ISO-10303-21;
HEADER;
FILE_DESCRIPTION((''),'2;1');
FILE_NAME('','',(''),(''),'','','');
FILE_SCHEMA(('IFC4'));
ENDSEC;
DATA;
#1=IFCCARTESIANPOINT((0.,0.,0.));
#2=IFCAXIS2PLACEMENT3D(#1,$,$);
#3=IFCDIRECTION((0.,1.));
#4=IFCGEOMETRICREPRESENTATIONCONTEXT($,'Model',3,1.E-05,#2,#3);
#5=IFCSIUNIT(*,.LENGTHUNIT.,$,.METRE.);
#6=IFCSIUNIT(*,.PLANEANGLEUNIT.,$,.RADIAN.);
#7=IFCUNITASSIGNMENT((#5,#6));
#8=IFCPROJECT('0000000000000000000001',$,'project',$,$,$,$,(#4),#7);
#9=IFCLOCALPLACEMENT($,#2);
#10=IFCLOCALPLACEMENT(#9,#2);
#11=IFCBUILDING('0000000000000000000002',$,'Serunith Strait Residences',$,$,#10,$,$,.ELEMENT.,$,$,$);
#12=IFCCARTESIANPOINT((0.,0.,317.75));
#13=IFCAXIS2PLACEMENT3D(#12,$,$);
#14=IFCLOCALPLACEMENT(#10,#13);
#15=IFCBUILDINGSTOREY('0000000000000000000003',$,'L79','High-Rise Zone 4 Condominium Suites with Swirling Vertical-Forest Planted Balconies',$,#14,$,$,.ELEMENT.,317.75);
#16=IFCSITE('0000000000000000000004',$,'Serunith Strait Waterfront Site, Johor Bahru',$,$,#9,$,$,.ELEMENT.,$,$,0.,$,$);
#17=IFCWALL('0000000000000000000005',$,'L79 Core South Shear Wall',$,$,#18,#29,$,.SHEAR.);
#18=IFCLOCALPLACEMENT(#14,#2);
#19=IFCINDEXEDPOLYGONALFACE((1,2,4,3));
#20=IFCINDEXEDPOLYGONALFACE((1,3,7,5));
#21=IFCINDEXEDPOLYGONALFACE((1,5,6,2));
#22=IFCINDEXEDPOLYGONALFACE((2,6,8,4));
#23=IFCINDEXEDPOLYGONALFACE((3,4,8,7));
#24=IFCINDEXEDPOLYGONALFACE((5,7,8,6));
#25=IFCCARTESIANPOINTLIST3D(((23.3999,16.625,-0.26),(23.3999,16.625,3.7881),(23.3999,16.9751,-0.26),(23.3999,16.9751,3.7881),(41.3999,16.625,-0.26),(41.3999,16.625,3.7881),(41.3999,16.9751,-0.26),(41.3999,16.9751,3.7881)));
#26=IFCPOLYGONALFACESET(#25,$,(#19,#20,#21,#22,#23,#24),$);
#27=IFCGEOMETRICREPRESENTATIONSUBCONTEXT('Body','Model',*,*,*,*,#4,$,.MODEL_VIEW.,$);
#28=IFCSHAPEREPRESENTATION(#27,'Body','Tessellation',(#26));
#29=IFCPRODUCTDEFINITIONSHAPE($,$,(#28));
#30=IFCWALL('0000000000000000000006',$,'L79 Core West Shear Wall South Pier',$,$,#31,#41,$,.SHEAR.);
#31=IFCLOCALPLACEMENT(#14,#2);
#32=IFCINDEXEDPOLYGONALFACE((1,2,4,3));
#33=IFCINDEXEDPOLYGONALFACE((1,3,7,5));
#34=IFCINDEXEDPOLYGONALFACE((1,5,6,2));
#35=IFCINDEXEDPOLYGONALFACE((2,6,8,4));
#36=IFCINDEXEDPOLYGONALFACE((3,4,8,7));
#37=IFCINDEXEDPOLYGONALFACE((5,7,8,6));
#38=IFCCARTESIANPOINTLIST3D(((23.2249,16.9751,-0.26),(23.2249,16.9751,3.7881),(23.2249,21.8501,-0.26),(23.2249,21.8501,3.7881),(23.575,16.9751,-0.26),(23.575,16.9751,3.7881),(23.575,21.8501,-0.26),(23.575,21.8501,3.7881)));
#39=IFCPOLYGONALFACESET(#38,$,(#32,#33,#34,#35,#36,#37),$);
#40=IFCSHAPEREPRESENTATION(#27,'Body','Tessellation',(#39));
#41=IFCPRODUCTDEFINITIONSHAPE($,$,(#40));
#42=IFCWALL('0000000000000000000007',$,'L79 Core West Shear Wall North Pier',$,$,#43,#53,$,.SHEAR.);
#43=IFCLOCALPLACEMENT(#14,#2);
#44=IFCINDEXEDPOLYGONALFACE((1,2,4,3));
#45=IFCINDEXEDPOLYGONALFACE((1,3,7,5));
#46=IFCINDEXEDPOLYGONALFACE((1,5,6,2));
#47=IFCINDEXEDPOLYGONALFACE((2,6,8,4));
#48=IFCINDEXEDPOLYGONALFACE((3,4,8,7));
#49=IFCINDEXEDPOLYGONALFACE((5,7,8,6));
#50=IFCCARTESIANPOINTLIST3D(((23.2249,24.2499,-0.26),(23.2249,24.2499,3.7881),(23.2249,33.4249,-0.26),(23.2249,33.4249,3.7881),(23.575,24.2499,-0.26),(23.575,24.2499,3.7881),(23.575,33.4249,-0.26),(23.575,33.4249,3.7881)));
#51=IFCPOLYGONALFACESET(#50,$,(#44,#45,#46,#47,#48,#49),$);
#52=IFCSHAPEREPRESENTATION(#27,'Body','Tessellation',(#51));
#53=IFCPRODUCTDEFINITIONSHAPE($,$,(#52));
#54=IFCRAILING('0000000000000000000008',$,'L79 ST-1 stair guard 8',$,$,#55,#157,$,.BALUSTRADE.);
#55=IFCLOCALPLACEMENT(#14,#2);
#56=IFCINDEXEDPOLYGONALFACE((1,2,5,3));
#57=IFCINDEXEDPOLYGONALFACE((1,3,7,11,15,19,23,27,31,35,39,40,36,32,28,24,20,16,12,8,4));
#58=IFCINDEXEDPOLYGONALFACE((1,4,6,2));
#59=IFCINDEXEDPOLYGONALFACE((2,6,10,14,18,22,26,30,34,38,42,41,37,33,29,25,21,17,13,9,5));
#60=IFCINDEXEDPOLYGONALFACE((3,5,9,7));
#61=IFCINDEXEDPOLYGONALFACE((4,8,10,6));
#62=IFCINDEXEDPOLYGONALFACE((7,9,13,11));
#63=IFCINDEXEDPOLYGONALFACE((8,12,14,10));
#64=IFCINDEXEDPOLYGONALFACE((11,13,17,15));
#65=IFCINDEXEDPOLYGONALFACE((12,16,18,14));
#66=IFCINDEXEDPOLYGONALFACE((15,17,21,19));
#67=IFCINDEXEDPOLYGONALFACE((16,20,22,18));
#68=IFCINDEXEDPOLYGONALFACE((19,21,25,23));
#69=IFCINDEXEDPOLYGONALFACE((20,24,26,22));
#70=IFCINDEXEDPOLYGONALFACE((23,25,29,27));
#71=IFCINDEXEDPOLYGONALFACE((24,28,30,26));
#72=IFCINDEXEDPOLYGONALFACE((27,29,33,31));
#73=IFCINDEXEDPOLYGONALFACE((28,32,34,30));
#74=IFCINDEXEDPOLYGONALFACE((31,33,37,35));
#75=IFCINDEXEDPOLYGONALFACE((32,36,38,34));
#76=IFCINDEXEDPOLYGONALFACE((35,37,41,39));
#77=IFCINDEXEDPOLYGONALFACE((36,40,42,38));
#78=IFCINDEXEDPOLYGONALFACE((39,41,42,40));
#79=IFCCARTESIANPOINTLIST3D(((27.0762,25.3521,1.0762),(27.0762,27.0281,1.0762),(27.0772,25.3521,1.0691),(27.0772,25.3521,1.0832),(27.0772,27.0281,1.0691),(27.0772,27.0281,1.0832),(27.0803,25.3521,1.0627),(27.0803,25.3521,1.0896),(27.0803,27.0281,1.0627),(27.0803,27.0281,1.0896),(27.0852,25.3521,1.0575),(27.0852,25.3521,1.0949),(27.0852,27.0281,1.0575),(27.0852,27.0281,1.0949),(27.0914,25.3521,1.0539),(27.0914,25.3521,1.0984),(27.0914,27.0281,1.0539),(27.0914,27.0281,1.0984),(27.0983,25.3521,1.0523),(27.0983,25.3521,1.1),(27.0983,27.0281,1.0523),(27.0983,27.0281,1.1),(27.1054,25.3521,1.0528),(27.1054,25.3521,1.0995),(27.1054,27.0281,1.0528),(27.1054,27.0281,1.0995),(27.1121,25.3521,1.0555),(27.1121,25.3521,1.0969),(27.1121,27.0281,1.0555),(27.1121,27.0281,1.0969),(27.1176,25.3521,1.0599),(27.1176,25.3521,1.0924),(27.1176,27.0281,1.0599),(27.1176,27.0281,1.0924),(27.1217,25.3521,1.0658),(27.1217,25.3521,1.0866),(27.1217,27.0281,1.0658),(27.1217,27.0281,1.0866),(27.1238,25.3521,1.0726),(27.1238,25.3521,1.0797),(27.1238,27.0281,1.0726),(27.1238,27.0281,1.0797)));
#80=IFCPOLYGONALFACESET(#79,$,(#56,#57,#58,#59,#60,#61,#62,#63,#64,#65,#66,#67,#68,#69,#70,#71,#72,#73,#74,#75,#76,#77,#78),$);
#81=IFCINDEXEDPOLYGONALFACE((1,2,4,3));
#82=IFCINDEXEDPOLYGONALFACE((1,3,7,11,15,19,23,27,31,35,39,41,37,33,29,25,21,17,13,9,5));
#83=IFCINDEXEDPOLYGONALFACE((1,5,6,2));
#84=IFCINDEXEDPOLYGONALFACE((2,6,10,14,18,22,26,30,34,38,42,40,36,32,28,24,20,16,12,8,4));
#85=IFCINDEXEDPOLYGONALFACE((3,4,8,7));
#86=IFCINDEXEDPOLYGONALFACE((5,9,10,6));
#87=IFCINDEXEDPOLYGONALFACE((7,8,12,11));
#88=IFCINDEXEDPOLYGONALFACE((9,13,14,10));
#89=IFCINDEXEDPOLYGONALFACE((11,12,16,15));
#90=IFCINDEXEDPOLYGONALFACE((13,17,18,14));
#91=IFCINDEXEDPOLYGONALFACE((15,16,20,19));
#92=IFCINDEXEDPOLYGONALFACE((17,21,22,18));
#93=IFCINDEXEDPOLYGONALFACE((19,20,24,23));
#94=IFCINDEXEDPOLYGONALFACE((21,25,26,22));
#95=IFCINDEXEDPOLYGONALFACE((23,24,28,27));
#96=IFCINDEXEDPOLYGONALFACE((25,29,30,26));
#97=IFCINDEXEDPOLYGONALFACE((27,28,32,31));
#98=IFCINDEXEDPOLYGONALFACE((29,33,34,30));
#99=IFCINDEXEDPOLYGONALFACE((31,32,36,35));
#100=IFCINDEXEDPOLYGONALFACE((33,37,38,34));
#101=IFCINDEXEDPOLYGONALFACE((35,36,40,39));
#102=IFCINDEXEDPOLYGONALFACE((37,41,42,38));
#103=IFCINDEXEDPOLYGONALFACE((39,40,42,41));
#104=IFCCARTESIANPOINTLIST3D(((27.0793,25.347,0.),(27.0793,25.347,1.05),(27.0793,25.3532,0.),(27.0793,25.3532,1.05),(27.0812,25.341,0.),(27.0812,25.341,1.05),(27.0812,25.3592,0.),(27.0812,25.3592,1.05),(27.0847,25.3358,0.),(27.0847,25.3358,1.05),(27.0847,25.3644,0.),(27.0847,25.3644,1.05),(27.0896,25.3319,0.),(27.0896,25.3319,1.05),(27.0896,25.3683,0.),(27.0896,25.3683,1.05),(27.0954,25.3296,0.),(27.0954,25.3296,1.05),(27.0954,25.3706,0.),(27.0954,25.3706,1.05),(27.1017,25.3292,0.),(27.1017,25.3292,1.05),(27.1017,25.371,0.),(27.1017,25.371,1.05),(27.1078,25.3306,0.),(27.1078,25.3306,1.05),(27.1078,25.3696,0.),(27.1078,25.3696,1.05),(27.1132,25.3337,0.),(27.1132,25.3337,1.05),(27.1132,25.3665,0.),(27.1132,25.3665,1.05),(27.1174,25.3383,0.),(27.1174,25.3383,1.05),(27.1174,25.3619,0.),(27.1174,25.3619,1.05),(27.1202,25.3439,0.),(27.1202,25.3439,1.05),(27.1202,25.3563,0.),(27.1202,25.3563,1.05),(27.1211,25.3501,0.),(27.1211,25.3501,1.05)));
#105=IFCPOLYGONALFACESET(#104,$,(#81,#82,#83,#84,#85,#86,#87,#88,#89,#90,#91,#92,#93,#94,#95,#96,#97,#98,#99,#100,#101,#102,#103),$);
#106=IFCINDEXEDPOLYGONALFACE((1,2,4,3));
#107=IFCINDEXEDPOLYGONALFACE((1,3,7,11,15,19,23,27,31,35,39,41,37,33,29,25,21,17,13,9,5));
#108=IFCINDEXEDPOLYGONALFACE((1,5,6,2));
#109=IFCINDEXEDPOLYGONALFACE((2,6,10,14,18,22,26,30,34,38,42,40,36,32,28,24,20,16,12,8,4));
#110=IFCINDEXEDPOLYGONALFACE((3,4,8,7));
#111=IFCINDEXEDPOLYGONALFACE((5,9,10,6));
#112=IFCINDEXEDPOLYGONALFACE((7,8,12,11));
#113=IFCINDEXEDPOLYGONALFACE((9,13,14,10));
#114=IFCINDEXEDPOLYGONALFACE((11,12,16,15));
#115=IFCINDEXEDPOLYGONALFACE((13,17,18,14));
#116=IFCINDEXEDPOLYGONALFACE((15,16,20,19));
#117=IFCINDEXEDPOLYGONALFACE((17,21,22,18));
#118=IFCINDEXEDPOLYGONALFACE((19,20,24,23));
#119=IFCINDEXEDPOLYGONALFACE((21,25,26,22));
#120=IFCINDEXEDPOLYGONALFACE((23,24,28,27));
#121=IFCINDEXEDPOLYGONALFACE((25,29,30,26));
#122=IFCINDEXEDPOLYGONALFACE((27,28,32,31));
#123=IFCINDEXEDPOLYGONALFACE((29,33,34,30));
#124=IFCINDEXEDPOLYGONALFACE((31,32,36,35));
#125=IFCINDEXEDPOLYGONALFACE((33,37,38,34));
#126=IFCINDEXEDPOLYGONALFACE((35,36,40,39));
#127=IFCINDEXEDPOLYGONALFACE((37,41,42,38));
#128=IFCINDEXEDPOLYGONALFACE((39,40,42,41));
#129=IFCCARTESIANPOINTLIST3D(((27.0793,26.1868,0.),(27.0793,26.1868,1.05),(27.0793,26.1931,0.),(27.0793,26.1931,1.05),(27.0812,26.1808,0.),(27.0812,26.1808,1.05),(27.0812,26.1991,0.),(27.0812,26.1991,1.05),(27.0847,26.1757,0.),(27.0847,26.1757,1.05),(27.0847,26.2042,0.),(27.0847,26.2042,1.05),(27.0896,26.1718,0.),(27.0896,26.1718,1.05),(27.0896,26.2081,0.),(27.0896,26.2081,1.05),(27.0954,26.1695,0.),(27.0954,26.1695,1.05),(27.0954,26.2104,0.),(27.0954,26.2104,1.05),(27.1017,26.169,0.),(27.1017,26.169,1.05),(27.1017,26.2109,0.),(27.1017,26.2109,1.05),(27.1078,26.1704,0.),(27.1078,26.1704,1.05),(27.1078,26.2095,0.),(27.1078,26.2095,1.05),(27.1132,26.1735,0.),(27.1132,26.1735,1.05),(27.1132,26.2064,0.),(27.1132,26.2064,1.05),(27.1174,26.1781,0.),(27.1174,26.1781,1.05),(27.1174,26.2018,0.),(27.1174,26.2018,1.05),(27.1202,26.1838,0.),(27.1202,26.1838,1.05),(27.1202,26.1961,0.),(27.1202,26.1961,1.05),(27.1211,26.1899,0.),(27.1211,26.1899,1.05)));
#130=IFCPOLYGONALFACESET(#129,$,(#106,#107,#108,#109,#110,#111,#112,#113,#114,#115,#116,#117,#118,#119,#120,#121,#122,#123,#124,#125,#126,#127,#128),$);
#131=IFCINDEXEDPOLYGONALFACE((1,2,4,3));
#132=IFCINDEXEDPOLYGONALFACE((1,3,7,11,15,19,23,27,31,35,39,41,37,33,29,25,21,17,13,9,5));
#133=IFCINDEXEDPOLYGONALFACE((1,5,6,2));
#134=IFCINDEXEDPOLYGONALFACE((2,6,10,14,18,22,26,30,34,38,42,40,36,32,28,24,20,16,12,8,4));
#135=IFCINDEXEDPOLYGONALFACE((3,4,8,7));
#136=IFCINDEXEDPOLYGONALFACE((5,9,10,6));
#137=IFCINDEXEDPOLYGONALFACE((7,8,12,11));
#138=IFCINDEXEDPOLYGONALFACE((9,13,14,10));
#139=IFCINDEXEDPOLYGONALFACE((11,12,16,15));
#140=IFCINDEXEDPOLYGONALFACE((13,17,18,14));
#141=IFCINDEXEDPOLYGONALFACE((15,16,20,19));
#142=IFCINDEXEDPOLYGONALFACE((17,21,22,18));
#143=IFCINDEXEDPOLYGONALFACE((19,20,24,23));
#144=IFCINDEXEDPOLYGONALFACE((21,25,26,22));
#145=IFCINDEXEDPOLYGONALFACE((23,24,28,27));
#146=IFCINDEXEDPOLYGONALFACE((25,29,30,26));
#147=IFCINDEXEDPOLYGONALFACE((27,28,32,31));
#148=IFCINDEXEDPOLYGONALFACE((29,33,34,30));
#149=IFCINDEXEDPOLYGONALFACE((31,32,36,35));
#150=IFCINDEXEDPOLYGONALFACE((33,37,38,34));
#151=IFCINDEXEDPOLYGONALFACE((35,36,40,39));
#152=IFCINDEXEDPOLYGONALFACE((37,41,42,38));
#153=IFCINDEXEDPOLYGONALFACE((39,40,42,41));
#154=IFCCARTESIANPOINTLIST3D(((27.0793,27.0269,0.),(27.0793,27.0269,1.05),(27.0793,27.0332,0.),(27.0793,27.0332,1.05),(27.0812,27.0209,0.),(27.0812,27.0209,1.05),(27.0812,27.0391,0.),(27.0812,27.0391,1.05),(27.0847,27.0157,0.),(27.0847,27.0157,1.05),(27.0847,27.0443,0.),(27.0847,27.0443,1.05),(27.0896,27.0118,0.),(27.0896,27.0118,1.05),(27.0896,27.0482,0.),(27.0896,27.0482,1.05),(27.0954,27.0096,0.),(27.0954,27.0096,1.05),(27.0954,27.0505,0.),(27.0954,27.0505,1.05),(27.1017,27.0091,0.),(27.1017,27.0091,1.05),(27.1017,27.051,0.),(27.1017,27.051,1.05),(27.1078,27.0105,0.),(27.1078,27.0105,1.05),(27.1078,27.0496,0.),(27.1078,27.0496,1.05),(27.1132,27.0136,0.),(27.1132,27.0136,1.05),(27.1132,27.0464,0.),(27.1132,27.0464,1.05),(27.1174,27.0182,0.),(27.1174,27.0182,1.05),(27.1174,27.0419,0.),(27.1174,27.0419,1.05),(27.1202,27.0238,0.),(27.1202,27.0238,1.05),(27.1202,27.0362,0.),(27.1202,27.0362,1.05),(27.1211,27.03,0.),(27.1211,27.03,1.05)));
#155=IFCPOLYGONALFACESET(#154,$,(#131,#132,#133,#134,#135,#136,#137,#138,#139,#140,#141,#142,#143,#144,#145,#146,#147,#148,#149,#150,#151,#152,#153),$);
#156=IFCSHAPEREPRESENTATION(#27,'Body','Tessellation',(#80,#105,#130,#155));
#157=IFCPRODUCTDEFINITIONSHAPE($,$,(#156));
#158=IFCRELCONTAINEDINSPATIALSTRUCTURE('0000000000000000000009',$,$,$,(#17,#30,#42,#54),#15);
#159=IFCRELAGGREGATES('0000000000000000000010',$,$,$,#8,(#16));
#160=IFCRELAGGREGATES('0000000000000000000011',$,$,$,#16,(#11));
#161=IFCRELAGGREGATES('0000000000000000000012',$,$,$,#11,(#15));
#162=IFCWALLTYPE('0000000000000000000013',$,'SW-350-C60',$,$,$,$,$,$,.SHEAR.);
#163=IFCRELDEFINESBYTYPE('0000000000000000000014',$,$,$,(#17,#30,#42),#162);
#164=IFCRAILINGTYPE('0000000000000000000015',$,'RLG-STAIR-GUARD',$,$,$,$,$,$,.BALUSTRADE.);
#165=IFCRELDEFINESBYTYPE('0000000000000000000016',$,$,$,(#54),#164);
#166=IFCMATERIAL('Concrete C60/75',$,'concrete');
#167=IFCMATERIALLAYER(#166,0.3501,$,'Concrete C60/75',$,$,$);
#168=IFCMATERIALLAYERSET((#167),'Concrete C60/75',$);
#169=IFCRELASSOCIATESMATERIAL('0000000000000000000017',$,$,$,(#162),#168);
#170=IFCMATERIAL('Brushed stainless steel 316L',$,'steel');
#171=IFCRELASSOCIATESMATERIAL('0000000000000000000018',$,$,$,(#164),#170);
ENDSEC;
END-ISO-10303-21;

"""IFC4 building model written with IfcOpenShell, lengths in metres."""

from ifc_helpers import new_model, si_unit, direction, frame, frame_2d, origin, origin_2d, place, context, subcontext, project, spatial, rectangle, circle, extrude, material, layer, layer_set, type_object, element, save


model = new_model("IFC4")

# Units and contexts
model_context = context("Model", 3, precision=1e-05, world=origin(), true_north=direction((0.0, 1.0)))
body_context = subcontext(model_context, "Body", "Model", "MODEL_VIEW")
ifc_project = project(units=[si_unit("LENGTHUNIT", "METRE"), si_unit("PLANEANGLEUNIT", "RADIAN")], contexts=[model_context])

# Site, building, storey
site_placement = place(None, origin())
site = spatial("IfcSite", under=ifc_project, at=site_placement, Name="Serunith Strait Waterfront Site, Johor Bahru", CompositionType="ELEMENT", RefElevation=0.0)
building_placement = place(site_placement, origin())
building = spatial("IfcBuilding", under=site, at=building_placement, Name="Serunith Strait Residences", CompositionType="ELEMENT")
storey_placement = place(building_placement, frame((0.0, 0.0, 317.75)))
storey = spatial("IfcBuildingStorey", under=building, at=storey_placement, Name="L79", Description="High-Rise Zone 4 Condominium Suites with Swirling Vertical-Forest Planted Balconies", CompositionType="ELEMENT", Elevation=317.75)

# Walls
ifc_material_1 = material(Name="Concrete C60/75", Category="concrete")
ifc_layer_1 = layer(ifc_material_1, 0.3501, Name="Concrete C60/75")
ifc_layer_set_1 = layer_set([ifc_layer_1], Name="Concrete C60/75")
wall_type_1 = type_object("IfcWallType", Name="SW-350-C60", PredefinedType="SHEAR", material=ifc_layer_set_1)
wall_1_placement = place(storey_placement, frame((23.3999, 16.8, -0.26), z_axis=(0.0, 0.0, 1.0), x_axis=(1.0, 0.0, 0.0)))
element("IfcWall", 1, at=wall_1_placement, inside=storey, type_object=wall_type_1, Name="L79 Core South Shear Wall", PredefinedType="SHEAR", context=body_context, shape_type="SweptSolid", body=[
    extrude(rectangle(XDim=18.0, YDim=0.3501, at=frame_2d((9.0, 0.0))), origin(), (0.0, 0.0, 1.0), 4.0481),
])
wall_2_placement = place(storey_placement, frame((23.3999, 16.9751, -0.26), z_axis=(0.0, 0.0, 1.0), x_axis=(0.0, 1.0, 0.0)))
element("IfcWall", 2, at=wall_2_placement, inside=storey, type_object=wall_type_1, Name="L79 Core West Shear Wall South Pier", PredefinedType="SHEAR", context=body_context, shape_type="SweptSolid", body=[
    extrude(rectangle(XDim=4.875, YDim=0.3501, at=frame_2d((2.4375, 0.0))), origin(), (0.0, 0.0, 1.0), 4.0481),
])
wall_3_placement = place(storey_placement, frame((23.3999, 24.25, -0.26), z_axis=(0.0, 0.0, 1.0), x_axis=(0.0, 1.0, 0.0)))
element("IfcWall", 3, at=wall_3_placement, inside=storey, type_object=wall_type_1, Name="L79 Core West Shear Wall North Pier", PredefinedType="SHEAR", context=body_context, shape_type="SweptSolid", body=[
    extrude(rectangle(XDim=9.175, YDim=0.3501, at=frame_2d((4.5874, 0.0))), origin(), (0.0, 0.0, 1.0), 4.0481),
])

# Railing
ifc_material_2 = material(Name="Brushed stainless steel 316L", Category="steel")
railing_type = type_object("IfcRailingType", Name="RLG-STAIR-GUARD", PredefinedType="BALUSTRADE", material=ifc_material_2)
for number, where, name in (
    (4, (27.1001, 25.3501, 0.0), "L79 ST-1 stair guard 8"),
):
    element("IfcRailing", number, at=place(storey_placement, frame(where)), inside=storey, type_object=railing_type, Name=name, PredefinedType="BALUSTRADE", context=body_context, shape_type="SweptSolid", body=[
        extrude(circle(Radius=0.0239, at=origin_2d()), frame((0.0, 0.002, 1.0762), z_axis=(0.0, 1.0, 0.0), x_axis=(-1.0, 0.0, 0.0)), (0.0, 0.0, 1.0), 1.676),
        extrude(circle(Radius=0.021, at=origin_2d()), origin(), (0.0, 0.0, 1.0), 1.05),
        extrude(circle(Radius=0.021, at=origin_2d()), frame((0.0, 0.8398, 0.0)), (0.0, 0.0, 1.0), 1.05),
        extrude(circle(Radius=0.021, at=origin_2d()), frame((0.0, 1.6799, 0.0)), (0.0, 0.0, 1.0), 1.05),
    ])

save(model, "model.ifc")
